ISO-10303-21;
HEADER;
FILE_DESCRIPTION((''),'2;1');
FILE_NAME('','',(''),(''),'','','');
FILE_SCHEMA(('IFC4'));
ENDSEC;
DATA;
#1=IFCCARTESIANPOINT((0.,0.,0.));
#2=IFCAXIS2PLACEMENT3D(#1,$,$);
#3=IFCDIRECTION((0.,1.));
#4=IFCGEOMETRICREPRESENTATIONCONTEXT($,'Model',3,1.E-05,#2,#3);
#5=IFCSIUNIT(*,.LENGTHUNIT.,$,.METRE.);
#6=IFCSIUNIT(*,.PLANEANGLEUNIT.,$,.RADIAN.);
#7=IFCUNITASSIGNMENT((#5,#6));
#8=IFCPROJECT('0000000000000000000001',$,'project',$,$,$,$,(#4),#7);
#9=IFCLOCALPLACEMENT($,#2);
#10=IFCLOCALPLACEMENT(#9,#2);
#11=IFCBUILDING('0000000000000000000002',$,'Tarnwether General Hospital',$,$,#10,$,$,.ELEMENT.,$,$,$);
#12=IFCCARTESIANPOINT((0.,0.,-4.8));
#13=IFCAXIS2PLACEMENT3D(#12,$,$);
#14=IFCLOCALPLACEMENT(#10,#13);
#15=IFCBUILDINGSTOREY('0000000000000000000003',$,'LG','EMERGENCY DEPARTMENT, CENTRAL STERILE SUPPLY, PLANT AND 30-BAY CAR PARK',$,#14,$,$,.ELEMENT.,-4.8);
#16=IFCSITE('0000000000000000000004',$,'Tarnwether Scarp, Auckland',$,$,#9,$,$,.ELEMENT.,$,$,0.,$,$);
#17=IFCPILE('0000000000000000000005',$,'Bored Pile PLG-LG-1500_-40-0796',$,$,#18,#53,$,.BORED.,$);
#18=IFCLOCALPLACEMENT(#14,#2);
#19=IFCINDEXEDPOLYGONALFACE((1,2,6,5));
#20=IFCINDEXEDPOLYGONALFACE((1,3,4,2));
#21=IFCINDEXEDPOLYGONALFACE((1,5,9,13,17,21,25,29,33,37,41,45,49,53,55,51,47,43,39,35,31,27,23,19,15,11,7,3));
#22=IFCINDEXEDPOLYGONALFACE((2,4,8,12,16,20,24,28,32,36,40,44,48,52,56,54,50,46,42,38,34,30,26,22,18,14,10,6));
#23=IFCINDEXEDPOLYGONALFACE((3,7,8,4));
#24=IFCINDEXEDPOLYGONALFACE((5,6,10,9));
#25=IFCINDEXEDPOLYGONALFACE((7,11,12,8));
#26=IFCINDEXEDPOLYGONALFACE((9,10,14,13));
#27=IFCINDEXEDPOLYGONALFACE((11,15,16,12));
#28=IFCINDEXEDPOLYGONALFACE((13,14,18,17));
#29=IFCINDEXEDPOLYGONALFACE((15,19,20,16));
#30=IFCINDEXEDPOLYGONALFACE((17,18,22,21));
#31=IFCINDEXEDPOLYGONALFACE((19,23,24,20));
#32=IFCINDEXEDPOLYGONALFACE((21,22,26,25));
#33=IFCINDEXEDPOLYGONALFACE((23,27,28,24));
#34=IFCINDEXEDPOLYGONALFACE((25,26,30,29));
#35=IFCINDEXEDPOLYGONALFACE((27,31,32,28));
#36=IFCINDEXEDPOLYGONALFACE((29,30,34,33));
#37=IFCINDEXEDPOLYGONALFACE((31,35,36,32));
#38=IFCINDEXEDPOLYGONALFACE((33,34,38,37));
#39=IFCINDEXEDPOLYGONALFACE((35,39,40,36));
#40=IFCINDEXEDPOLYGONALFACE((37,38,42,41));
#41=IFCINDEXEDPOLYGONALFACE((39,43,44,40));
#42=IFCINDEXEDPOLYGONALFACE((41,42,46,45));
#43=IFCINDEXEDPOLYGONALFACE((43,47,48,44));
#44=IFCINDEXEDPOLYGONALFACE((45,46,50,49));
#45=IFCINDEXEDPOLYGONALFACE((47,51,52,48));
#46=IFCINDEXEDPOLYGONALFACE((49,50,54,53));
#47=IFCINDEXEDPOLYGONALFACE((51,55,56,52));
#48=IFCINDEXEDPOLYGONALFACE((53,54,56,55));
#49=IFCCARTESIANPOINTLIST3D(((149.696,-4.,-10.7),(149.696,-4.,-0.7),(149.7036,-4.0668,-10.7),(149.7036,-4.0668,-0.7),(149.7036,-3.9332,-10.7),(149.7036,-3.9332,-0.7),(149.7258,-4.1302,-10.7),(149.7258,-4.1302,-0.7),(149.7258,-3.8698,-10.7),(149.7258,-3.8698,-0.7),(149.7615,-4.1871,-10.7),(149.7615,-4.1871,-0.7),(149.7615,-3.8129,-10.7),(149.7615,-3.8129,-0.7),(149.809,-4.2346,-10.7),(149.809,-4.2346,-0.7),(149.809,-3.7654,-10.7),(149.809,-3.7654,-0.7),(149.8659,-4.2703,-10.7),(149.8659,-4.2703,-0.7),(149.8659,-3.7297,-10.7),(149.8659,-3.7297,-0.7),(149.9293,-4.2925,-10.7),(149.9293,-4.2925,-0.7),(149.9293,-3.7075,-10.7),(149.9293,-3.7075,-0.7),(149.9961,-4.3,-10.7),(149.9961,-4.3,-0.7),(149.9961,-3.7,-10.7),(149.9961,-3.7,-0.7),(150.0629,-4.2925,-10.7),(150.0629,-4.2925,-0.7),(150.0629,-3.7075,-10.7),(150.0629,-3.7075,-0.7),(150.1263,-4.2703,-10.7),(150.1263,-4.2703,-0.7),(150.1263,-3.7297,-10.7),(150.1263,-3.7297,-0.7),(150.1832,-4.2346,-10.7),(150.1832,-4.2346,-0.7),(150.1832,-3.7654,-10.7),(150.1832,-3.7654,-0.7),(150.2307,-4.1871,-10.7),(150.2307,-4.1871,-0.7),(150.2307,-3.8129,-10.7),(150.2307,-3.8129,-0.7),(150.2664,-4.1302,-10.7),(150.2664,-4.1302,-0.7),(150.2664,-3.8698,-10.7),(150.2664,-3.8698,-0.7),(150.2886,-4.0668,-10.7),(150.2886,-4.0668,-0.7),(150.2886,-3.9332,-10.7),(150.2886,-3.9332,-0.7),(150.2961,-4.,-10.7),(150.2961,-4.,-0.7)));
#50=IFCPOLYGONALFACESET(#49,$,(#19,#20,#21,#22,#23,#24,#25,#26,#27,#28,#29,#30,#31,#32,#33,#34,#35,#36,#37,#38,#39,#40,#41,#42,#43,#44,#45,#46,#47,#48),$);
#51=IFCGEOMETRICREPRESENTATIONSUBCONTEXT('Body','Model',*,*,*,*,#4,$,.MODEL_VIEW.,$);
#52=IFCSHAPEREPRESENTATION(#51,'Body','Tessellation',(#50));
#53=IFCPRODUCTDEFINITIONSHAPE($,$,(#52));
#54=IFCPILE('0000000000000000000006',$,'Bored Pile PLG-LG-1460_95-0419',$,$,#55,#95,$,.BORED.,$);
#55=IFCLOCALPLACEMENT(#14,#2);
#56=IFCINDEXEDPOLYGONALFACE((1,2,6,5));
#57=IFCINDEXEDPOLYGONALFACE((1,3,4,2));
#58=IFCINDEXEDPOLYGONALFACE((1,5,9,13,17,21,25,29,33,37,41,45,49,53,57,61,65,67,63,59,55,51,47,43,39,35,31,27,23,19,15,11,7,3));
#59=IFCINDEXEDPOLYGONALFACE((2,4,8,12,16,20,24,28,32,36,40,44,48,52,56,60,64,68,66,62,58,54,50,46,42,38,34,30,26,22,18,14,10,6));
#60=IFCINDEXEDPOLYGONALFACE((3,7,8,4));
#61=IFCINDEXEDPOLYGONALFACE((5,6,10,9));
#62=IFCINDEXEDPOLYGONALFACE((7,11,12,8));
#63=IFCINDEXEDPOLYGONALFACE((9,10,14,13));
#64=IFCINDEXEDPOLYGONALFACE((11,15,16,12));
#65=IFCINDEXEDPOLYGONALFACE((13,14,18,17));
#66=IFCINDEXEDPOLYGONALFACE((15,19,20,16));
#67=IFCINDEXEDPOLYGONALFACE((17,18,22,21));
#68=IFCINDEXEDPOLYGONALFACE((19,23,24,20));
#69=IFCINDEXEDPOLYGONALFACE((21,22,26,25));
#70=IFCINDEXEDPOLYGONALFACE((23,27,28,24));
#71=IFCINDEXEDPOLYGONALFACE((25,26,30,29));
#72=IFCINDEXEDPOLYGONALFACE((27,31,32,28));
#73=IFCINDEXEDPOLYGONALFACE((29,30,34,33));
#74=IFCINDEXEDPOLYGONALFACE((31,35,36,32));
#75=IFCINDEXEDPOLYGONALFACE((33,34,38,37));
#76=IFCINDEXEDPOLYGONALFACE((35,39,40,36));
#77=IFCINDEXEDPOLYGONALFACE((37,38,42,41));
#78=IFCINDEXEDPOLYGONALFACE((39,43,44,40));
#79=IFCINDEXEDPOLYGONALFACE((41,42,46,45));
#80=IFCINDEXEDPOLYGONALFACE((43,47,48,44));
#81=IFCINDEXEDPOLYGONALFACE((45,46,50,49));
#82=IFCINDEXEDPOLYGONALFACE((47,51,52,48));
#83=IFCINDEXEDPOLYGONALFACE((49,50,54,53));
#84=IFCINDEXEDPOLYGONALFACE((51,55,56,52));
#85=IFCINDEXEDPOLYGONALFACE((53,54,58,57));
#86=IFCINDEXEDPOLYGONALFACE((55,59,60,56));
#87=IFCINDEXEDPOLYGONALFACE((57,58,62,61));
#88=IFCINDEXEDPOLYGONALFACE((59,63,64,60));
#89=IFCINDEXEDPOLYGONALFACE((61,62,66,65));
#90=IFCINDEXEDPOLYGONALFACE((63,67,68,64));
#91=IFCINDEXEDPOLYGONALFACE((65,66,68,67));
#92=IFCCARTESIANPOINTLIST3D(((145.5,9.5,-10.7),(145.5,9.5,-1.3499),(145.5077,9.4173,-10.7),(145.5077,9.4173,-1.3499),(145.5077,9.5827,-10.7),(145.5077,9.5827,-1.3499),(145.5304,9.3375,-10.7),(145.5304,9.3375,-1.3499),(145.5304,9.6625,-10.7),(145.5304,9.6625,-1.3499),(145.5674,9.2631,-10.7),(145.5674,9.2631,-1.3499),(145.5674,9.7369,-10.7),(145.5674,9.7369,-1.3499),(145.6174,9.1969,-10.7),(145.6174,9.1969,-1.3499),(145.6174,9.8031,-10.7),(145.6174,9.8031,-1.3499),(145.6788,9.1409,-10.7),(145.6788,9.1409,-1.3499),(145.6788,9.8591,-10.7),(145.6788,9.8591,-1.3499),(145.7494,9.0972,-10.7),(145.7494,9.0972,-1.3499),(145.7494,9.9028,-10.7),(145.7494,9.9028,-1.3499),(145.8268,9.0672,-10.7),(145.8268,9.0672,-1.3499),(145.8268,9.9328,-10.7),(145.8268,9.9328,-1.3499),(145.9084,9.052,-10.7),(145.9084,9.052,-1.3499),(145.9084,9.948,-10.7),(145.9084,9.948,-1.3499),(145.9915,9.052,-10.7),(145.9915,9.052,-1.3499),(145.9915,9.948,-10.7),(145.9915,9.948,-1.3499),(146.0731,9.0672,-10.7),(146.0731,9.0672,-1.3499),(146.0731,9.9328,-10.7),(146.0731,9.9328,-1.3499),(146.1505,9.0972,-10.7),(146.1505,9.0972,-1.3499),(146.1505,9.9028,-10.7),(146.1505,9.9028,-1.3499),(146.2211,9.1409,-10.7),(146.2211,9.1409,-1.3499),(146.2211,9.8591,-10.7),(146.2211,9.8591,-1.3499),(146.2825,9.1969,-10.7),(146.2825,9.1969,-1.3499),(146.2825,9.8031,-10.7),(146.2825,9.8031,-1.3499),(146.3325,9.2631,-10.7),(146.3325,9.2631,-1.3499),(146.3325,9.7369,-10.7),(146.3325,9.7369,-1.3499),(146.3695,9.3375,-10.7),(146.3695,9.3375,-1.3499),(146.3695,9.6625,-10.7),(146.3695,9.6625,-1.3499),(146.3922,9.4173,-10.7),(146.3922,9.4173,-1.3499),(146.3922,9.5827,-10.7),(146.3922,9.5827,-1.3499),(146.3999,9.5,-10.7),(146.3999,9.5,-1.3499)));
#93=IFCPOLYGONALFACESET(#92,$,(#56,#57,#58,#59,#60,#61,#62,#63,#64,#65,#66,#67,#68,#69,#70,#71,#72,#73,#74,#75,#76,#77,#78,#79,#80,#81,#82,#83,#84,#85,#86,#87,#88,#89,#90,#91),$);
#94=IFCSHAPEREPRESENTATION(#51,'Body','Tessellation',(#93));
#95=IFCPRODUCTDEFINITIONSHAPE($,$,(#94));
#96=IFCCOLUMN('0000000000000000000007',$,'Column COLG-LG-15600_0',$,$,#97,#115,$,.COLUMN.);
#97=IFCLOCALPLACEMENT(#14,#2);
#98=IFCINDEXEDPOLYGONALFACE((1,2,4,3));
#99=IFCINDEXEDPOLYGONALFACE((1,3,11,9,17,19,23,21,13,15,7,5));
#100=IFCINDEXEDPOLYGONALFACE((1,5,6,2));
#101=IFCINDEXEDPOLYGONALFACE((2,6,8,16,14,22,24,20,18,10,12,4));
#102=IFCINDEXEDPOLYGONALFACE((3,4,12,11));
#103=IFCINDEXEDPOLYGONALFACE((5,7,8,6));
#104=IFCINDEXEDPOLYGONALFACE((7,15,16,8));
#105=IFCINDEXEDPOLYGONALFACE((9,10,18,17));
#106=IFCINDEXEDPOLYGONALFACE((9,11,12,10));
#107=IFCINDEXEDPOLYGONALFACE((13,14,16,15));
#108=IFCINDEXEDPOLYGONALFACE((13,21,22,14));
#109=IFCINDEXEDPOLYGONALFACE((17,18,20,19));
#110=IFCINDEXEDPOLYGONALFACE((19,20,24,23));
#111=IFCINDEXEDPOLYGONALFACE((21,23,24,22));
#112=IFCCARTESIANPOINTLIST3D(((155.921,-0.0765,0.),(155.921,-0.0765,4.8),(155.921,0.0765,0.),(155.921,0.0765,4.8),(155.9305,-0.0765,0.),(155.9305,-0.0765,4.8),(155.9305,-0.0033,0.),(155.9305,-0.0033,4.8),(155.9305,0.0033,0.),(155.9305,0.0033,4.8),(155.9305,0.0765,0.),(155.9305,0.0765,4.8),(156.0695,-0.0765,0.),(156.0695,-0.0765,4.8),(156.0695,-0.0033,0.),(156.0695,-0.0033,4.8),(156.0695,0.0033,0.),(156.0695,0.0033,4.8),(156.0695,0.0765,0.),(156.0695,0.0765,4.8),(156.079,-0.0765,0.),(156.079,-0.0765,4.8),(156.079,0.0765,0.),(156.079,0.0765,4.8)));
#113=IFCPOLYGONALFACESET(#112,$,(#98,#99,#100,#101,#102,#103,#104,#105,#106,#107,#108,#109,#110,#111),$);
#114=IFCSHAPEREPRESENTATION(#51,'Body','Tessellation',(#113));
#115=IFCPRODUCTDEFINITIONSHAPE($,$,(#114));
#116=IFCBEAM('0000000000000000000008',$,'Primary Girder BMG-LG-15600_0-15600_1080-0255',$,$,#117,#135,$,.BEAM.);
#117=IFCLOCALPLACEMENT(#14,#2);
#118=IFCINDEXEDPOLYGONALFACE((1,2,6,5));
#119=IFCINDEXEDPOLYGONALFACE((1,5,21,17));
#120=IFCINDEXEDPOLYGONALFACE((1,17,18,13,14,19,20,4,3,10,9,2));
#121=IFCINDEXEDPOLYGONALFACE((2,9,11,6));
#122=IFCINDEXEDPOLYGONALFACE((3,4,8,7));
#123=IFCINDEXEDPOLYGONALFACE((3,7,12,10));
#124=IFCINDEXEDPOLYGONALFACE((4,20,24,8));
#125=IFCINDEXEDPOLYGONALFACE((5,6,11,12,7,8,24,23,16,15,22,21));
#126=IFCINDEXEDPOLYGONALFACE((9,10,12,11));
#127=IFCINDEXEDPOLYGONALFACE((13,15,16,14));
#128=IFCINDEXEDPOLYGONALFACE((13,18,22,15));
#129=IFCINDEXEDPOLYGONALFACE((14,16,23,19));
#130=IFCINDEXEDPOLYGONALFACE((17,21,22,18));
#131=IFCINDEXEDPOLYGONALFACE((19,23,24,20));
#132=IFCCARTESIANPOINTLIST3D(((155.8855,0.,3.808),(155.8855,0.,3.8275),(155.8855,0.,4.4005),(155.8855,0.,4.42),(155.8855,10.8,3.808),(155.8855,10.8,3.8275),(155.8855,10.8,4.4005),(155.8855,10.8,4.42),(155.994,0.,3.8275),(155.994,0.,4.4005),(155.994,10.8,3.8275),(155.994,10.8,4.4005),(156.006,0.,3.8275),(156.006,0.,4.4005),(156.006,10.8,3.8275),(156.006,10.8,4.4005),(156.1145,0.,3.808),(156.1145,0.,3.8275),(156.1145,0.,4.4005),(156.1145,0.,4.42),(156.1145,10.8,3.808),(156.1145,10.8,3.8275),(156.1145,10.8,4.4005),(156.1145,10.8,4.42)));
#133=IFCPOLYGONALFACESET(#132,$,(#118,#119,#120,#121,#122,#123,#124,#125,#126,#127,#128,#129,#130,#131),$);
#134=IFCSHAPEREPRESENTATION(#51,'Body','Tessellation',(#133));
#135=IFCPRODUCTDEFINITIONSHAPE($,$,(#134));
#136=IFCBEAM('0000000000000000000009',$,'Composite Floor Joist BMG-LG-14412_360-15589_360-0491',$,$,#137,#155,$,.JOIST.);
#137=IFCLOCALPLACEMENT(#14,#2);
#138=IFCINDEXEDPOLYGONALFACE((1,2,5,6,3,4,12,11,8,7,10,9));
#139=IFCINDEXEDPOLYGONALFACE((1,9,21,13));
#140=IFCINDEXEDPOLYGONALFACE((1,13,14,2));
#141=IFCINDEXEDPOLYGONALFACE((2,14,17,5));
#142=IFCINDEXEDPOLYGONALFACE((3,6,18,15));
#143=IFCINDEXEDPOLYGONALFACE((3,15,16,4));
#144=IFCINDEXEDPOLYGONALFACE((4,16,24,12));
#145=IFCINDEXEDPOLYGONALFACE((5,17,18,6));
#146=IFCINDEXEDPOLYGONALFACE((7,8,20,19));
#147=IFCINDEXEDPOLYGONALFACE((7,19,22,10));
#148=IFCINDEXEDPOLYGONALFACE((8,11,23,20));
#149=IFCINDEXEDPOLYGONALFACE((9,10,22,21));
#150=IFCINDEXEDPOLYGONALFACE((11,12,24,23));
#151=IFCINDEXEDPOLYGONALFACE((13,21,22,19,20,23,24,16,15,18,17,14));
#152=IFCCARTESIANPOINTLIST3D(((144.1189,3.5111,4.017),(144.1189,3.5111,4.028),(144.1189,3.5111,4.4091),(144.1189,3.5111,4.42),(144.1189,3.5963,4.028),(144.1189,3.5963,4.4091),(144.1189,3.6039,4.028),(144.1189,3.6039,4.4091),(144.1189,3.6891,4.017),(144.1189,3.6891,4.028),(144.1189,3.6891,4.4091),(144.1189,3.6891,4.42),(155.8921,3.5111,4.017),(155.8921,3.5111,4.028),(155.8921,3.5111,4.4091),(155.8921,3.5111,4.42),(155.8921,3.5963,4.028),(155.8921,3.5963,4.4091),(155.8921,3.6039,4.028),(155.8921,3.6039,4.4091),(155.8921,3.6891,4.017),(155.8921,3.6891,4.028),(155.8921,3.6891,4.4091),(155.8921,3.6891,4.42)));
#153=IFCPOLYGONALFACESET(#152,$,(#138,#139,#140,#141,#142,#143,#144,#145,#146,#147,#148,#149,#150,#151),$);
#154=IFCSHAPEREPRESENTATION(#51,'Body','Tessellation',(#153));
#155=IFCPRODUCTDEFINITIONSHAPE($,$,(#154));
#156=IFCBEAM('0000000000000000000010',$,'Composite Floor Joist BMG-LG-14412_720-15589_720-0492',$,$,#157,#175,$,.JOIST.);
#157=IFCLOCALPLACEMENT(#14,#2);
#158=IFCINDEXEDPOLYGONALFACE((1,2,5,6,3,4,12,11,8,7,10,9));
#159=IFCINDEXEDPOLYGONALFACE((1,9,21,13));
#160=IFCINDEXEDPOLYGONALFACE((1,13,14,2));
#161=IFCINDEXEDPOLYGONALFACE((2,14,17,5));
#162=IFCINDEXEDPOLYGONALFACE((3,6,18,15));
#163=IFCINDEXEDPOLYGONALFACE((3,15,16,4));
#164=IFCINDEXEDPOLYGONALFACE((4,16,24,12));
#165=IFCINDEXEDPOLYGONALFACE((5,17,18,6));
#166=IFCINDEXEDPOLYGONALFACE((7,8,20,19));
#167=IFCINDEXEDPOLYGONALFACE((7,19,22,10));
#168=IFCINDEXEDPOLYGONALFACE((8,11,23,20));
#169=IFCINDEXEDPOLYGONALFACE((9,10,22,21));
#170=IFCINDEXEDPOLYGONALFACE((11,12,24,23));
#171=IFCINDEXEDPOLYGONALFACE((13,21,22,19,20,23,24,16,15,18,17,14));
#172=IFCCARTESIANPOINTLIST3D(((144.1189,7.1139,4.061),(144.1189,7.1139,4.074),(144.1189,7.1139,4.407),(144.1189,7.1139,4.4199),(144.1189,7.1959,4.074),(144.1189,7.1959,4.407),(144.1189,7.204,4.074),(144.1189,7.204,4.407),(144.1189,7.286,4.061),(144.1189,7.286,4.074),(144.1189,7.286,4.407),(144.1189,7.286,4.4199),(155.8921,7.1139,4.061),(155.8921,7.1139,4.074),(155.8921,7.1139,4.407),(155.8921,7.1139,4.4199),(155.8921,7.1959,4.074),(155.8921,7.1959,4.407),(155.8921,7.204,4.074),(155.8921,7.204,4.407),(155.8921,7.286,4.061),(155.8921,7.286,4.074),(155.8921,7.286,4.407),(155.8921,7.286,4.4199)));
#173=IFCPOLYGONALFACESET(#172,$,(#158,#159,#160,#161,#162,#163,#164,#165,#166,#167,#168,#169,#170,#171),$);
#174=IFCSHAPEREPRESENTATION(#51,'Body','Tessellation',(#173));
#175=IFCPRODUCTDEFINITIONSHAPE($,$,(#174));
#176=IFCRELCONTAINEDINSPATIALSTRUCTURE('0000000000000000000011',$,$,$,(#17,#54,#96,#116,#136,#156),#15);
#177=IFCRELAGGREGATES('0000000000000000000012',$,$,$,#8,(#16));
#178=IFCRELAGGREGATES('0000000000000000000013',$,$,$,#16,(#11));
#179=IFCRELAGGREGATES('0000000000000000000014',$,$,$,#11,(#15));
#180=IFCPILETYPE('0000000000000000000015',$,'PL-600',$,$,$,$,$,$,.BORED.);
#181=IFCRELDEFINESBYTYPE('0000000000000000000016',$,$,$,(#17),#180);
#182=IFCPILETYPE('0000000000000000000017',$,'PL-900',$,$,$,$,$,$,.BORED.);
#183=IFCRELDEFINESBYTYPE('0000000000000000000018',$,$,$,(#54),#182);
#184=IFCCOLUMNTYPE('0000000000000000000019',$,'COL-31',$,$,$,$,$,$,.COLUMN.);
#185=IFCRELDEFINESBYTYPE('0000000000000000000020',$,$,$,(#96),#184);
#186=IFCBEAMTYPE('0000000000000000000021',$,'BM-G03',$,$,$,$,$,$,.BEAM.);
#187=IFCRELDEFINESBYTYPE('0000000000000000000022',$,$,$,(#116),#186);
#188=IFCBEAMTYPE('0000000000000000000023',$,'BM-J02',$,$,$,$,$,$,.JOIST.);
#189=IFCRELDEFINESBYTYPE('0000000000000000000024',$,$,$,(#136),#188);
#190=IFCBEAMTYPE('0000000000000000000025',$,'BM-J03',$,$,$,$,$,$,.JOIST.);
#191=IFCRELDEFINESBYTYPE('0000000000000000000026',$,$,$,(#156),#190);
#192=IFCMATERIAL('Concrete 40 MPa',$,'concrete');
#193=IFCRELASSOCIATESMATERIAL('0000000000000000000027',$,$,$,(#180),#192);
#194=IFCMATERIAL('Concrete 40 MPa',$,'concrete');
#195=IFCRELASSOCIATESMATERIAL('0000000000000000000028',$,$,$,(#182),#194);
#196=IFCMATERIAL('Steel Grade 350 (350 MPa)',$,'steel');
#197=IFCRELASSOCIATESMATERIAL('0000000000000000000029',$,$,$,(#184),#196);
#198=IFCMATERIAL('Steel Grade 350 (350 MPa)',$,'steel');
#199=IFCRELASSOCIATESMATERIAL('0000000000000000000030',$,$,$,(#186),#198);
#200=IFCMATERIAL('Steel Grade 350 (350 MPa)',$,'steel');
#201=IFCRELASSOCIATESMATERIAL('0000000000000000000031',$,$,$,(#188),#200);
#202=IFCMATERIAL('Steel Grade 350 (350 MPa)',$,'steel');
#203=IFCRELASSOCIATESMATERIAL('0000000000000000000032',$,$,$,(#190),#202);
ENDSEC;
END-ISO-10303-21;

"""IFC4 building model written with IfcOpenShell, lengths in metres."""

from ifc_helpers import new_model, si_unit, direction, frame, origin, origin_2d, place, context, subcontext, project, spatial, circle, i_section, extrude, material, material_profile, profile_set, type_object, element, save


model = new_model("IFC4")

# Units and contexts
model_context = context("Model", 3, precision=1e-05, world=origin(), true_north=direction((0.0, 1.0)))
body_context = subcontext(model_context, "Body", "Model", "MODEL_VIEW")
ifc_project = project(units=[si_unit("LENGTHUNIT", "METRE"), si_unit("PLANEANGLEUNIT", "RADIAN")], contexts=[model_context])

# Site, building, storey
site_placement = place(None, origin())
site = spatial("IfcSite", under=ifc_project, at=site_placement, Name="Tarnwether Scarp, Auckland", CompositionType="ELEMENT", RefElevation=0.0)
building_placement = place(site_placement, origin())
building = spatial("IfcBuilding", under=site, at=building_placement, Name="Tarnwether General Hospital", CompositionType="ELEMENT")
storey_placement = place(building_placement, frame((0.0, 0.0, -4.8)))
storey = spatial("IfcBuildingStorey", under=building, at=storey_placement, Name="LG", Description="EMERGENCY DEPARTMENT, CENTRAL STERILE SUPPLY, PLANT AND 30-BAY CAR PARK", CompositionType="ELEMENT", Elevation=-4.8)

# Piles
ifc_material_1 = material(Name="Concrete 40 MPa", Category="concrete")
ifc_material_profile_1 = material_profile(ifc_material_1, circle(Radius=0.3, at=origin_2d()), Name="PILE-D600")
ifc_profile_set_1 = profile_set([ifc_material_profile_1], Name="Concrete 40 MPa")
pile_type_1 = type_object("IfcPileType", Name="PL-600", PredefinedType="BORED", material=ifc_profile_set_1)
for number, where, z_axis, x_axis, name in (
    (1, (149.9961, -4.0, -0.7), (0.0, 0.0, -1.0), (1.0, 0.0, 0.0), "Bored Pile PLG-LG-1500_-40-0796"),
):
    element("IfcPile", number, at=place(storey_placement, frame(where, z_axis=z_axis, x_axis=x_axis)), inside=storey, type_object=pile_type_1, Name=name, PredefinedType="BORED", context=body_context, shape_type="SweptSolid", body=[
        extrude(circle(Radius=0.3, at=origin_2d()), origin(), (0.0, 0.0, 1.0), 10.0),
    ])
ifc_material_2 = material(Name="Concrete 40 MPa", Category="concrete")
ifc_material_profile_2 = material_profile(ifc_material_2, circle(Radius=0.45, at=origin_2d()), Name="PILE-D900")
ifc_profile_set_2 = profile_set([ifc_material_profile_2], Name="Concrete 40 MPa")
pile_type_2 = type_object("IfcPileType", Name="PL-900", PredefinedType="BORED", material=ifc_profile_set_2)
pile_1_placement = place(storey_placement, frame((145.95, 9.5, -1.3499), z_axis=(0.0, 0.0, -1.0), x_axis=(1.0, 0.0, 0.0)))
element("IfcPile", 2, at=pile_1_placement, inside=storey, type_object=pile_type_2, Name="Bored Pile PLG-LG-1460_95-0419", PredefinedType="BORED", context=body_context, shape_type="SweptSolid", body=[
    extrude(circle(Radius=0.45, at=origin_2d()), origin(), (0.0, 0.0, 1.0), 9.3501),
])

# Column
ifc_material_3 = material(Name="Steel Grade 350 (350 MPa)", Category="steel")
ifc_material_profile_3 = material_profile(ifc_material_3, i_section(OverallWidth=0.1531, OverallDepth=0.158, WebThickness=0.0066, FlangeThickness=0.0095, at=origin_2d()), Name="150UC30.0")
ifc_profile_set_3 = profile_set([ifc_material_profile_3], Name="Steel Grade 350 (350 MPa)")
column_type = type_object("IfcColumnType", Name="COL-31", PredefinedType="COLUMN", material=ifc_profile_set_3)
column_placement = place(storey_placement, frame((156.0, 0.0, 0.0), z_axis=(0.0, 0.0, 1.0), x_axis=(0.0, 1.0, 0.0)))
element("IfcColumn", 3, at=column_placement, inside=storey, type_object=column_type, Name="Column COLG-LG-15600_0", PredefinedType="COLUMN", context=body_context, shape_type="SweptSolid", body=[
    extrude(i_section(OverallWidth=0.1531, OverallDepth=0.158, WebThickness=0.0066, FlangeThickness=0.0095, at=origin_2d()), origin(), (0.0, 0.0, 1.0), 4.8),
])

# Beams
ifc_material_4 = material(Name="Steel Grade 350 (350 MPa)", Category="steel")
ifc_material_profile_4 = material_profile(ifc_material_4, i_section(OverallWidth=0.229, OverallDepth=0.6121, WebThickness=0.012, FlangeThickness=0.0195, at=origin_2d()), Name="610UB125")
ifc_profile_set_4 = profile_set([ifc_material_profile_4], Name="Steel Grade 350 (350 MPa)")
beam_type_1 = type_object("IfcBeamType", Name="BM-G03", PredefinedType="BEAM", material=ifc_profile_set_4)
beam_1_placement = place(storey_placement, frame((156.0, 0.0, 4.114), z_axis=(0.0, 1.0, 0.0), x_axis=(-1.0, 0.0, 0.0)))
element("IfcBeam", 4, at=beam_1_placement, inside=storey, type_object=beam_type_1, Name="Primary Girder BMG-LG-15600_0-15600_1080-0255", PredefinedType="BEAM", context=body_context, shape_type="SweptSolid", body=[
    extrude(i_section(OverallWidth=0.229, OverallDepth=0.6121, WebThickness=0.012, FlangeThickness=0.0195, at=origin_2d()), origin(), (0.0, 0.0, 1.0), 10.8),
])
ifc_material_5 = material(Name="Steel Grade 350 (350 MPa)", Category="steel")
ifc_material_profile_5 = material_profile(ifc_material_5, i_section(OverallWidth=0.178, OverallDepth=0.4031, WebThickness=0.0076, FlangeThickness=0.011, at=origin_2d()), Name="410UB53.7")
ifc_profile_set_5 = profile_set([ifc_material_profile_5], Name="Steel Grade 350 (350 MPa)")
beam_type_2 = type_object("IfcBeamType", Name="BM-J02", PredefinedType="JOIST", material=ifc_profile_set_5)
beam_2_placement = place(storey_placement, frame((144.1189, 3.6001, 4.2185), z_axis=(1.0, 0.0, 0.0), x_axis=(0.0, 1.0, 0.0)))
element("IfcBeam", 5, at=beam_2_placement, inside=storey, type_object=beam_type_2, Name="Composite Floor Joist BMG-LG-14412_360-15589_360-0491", PredefinedType="JOIST", context=body_context, shape_type="SweptSolid", body=[
    extrude(i_section(OverallWidth=0.178, OverallDepth=0.4031, WebThickness=0.0076, FlangeThickness=0.011, at=origin_2d()), origin(), (0.0, 0.0, 1.0), 11.7732),
])
ifc_material_6 = material(Name="Steel Grade 350 (350 MPa)", Category="steel")
ifc_material_profile_6 = material_profile(ifc_material_6, i_section(OverallWidth=0.1721, OverallDepth=0.3589, WebThickness=0.0081, FlangeThickness=0.0129, at=origin_2d()), Name="360UB56.7")
ifc_profile_set_6 = profile_set([ifc_material_profile_6], Name="Steel Grade 350 (350 MPa)")
beam_type_3 = type_object("IfcBeamType", Name="BM-J03", PredefinedType="JOIST", material=ifc_profile_set_6)
beam_3_placement = place(storey_placement, frame((144.1189, 7.2, 4.2405), z_axis=(1.0, 0.0, 0.0), x_axis=(0.0, 1.0, 0.0)))
element("IfcBeam", 6, at=beam_3_placement, inside=storey, type_object=beam_type_3, Name="Composite Floor Joist BMG-LG-14412_720-15589_720-0492", PredefinedType="JOIST", context=body_context, shape_type="SweptSolid", body=[
    extrude(i_section(OverallWidth=0.1721, OverallDepth=0.3589, WebThickness=0.0081, FlangeThickness=0.0129, at=origin_2d()), origin(), (0.0, 0.0, 1.0), 11.7732),
])

save(model, "model.ifc")
